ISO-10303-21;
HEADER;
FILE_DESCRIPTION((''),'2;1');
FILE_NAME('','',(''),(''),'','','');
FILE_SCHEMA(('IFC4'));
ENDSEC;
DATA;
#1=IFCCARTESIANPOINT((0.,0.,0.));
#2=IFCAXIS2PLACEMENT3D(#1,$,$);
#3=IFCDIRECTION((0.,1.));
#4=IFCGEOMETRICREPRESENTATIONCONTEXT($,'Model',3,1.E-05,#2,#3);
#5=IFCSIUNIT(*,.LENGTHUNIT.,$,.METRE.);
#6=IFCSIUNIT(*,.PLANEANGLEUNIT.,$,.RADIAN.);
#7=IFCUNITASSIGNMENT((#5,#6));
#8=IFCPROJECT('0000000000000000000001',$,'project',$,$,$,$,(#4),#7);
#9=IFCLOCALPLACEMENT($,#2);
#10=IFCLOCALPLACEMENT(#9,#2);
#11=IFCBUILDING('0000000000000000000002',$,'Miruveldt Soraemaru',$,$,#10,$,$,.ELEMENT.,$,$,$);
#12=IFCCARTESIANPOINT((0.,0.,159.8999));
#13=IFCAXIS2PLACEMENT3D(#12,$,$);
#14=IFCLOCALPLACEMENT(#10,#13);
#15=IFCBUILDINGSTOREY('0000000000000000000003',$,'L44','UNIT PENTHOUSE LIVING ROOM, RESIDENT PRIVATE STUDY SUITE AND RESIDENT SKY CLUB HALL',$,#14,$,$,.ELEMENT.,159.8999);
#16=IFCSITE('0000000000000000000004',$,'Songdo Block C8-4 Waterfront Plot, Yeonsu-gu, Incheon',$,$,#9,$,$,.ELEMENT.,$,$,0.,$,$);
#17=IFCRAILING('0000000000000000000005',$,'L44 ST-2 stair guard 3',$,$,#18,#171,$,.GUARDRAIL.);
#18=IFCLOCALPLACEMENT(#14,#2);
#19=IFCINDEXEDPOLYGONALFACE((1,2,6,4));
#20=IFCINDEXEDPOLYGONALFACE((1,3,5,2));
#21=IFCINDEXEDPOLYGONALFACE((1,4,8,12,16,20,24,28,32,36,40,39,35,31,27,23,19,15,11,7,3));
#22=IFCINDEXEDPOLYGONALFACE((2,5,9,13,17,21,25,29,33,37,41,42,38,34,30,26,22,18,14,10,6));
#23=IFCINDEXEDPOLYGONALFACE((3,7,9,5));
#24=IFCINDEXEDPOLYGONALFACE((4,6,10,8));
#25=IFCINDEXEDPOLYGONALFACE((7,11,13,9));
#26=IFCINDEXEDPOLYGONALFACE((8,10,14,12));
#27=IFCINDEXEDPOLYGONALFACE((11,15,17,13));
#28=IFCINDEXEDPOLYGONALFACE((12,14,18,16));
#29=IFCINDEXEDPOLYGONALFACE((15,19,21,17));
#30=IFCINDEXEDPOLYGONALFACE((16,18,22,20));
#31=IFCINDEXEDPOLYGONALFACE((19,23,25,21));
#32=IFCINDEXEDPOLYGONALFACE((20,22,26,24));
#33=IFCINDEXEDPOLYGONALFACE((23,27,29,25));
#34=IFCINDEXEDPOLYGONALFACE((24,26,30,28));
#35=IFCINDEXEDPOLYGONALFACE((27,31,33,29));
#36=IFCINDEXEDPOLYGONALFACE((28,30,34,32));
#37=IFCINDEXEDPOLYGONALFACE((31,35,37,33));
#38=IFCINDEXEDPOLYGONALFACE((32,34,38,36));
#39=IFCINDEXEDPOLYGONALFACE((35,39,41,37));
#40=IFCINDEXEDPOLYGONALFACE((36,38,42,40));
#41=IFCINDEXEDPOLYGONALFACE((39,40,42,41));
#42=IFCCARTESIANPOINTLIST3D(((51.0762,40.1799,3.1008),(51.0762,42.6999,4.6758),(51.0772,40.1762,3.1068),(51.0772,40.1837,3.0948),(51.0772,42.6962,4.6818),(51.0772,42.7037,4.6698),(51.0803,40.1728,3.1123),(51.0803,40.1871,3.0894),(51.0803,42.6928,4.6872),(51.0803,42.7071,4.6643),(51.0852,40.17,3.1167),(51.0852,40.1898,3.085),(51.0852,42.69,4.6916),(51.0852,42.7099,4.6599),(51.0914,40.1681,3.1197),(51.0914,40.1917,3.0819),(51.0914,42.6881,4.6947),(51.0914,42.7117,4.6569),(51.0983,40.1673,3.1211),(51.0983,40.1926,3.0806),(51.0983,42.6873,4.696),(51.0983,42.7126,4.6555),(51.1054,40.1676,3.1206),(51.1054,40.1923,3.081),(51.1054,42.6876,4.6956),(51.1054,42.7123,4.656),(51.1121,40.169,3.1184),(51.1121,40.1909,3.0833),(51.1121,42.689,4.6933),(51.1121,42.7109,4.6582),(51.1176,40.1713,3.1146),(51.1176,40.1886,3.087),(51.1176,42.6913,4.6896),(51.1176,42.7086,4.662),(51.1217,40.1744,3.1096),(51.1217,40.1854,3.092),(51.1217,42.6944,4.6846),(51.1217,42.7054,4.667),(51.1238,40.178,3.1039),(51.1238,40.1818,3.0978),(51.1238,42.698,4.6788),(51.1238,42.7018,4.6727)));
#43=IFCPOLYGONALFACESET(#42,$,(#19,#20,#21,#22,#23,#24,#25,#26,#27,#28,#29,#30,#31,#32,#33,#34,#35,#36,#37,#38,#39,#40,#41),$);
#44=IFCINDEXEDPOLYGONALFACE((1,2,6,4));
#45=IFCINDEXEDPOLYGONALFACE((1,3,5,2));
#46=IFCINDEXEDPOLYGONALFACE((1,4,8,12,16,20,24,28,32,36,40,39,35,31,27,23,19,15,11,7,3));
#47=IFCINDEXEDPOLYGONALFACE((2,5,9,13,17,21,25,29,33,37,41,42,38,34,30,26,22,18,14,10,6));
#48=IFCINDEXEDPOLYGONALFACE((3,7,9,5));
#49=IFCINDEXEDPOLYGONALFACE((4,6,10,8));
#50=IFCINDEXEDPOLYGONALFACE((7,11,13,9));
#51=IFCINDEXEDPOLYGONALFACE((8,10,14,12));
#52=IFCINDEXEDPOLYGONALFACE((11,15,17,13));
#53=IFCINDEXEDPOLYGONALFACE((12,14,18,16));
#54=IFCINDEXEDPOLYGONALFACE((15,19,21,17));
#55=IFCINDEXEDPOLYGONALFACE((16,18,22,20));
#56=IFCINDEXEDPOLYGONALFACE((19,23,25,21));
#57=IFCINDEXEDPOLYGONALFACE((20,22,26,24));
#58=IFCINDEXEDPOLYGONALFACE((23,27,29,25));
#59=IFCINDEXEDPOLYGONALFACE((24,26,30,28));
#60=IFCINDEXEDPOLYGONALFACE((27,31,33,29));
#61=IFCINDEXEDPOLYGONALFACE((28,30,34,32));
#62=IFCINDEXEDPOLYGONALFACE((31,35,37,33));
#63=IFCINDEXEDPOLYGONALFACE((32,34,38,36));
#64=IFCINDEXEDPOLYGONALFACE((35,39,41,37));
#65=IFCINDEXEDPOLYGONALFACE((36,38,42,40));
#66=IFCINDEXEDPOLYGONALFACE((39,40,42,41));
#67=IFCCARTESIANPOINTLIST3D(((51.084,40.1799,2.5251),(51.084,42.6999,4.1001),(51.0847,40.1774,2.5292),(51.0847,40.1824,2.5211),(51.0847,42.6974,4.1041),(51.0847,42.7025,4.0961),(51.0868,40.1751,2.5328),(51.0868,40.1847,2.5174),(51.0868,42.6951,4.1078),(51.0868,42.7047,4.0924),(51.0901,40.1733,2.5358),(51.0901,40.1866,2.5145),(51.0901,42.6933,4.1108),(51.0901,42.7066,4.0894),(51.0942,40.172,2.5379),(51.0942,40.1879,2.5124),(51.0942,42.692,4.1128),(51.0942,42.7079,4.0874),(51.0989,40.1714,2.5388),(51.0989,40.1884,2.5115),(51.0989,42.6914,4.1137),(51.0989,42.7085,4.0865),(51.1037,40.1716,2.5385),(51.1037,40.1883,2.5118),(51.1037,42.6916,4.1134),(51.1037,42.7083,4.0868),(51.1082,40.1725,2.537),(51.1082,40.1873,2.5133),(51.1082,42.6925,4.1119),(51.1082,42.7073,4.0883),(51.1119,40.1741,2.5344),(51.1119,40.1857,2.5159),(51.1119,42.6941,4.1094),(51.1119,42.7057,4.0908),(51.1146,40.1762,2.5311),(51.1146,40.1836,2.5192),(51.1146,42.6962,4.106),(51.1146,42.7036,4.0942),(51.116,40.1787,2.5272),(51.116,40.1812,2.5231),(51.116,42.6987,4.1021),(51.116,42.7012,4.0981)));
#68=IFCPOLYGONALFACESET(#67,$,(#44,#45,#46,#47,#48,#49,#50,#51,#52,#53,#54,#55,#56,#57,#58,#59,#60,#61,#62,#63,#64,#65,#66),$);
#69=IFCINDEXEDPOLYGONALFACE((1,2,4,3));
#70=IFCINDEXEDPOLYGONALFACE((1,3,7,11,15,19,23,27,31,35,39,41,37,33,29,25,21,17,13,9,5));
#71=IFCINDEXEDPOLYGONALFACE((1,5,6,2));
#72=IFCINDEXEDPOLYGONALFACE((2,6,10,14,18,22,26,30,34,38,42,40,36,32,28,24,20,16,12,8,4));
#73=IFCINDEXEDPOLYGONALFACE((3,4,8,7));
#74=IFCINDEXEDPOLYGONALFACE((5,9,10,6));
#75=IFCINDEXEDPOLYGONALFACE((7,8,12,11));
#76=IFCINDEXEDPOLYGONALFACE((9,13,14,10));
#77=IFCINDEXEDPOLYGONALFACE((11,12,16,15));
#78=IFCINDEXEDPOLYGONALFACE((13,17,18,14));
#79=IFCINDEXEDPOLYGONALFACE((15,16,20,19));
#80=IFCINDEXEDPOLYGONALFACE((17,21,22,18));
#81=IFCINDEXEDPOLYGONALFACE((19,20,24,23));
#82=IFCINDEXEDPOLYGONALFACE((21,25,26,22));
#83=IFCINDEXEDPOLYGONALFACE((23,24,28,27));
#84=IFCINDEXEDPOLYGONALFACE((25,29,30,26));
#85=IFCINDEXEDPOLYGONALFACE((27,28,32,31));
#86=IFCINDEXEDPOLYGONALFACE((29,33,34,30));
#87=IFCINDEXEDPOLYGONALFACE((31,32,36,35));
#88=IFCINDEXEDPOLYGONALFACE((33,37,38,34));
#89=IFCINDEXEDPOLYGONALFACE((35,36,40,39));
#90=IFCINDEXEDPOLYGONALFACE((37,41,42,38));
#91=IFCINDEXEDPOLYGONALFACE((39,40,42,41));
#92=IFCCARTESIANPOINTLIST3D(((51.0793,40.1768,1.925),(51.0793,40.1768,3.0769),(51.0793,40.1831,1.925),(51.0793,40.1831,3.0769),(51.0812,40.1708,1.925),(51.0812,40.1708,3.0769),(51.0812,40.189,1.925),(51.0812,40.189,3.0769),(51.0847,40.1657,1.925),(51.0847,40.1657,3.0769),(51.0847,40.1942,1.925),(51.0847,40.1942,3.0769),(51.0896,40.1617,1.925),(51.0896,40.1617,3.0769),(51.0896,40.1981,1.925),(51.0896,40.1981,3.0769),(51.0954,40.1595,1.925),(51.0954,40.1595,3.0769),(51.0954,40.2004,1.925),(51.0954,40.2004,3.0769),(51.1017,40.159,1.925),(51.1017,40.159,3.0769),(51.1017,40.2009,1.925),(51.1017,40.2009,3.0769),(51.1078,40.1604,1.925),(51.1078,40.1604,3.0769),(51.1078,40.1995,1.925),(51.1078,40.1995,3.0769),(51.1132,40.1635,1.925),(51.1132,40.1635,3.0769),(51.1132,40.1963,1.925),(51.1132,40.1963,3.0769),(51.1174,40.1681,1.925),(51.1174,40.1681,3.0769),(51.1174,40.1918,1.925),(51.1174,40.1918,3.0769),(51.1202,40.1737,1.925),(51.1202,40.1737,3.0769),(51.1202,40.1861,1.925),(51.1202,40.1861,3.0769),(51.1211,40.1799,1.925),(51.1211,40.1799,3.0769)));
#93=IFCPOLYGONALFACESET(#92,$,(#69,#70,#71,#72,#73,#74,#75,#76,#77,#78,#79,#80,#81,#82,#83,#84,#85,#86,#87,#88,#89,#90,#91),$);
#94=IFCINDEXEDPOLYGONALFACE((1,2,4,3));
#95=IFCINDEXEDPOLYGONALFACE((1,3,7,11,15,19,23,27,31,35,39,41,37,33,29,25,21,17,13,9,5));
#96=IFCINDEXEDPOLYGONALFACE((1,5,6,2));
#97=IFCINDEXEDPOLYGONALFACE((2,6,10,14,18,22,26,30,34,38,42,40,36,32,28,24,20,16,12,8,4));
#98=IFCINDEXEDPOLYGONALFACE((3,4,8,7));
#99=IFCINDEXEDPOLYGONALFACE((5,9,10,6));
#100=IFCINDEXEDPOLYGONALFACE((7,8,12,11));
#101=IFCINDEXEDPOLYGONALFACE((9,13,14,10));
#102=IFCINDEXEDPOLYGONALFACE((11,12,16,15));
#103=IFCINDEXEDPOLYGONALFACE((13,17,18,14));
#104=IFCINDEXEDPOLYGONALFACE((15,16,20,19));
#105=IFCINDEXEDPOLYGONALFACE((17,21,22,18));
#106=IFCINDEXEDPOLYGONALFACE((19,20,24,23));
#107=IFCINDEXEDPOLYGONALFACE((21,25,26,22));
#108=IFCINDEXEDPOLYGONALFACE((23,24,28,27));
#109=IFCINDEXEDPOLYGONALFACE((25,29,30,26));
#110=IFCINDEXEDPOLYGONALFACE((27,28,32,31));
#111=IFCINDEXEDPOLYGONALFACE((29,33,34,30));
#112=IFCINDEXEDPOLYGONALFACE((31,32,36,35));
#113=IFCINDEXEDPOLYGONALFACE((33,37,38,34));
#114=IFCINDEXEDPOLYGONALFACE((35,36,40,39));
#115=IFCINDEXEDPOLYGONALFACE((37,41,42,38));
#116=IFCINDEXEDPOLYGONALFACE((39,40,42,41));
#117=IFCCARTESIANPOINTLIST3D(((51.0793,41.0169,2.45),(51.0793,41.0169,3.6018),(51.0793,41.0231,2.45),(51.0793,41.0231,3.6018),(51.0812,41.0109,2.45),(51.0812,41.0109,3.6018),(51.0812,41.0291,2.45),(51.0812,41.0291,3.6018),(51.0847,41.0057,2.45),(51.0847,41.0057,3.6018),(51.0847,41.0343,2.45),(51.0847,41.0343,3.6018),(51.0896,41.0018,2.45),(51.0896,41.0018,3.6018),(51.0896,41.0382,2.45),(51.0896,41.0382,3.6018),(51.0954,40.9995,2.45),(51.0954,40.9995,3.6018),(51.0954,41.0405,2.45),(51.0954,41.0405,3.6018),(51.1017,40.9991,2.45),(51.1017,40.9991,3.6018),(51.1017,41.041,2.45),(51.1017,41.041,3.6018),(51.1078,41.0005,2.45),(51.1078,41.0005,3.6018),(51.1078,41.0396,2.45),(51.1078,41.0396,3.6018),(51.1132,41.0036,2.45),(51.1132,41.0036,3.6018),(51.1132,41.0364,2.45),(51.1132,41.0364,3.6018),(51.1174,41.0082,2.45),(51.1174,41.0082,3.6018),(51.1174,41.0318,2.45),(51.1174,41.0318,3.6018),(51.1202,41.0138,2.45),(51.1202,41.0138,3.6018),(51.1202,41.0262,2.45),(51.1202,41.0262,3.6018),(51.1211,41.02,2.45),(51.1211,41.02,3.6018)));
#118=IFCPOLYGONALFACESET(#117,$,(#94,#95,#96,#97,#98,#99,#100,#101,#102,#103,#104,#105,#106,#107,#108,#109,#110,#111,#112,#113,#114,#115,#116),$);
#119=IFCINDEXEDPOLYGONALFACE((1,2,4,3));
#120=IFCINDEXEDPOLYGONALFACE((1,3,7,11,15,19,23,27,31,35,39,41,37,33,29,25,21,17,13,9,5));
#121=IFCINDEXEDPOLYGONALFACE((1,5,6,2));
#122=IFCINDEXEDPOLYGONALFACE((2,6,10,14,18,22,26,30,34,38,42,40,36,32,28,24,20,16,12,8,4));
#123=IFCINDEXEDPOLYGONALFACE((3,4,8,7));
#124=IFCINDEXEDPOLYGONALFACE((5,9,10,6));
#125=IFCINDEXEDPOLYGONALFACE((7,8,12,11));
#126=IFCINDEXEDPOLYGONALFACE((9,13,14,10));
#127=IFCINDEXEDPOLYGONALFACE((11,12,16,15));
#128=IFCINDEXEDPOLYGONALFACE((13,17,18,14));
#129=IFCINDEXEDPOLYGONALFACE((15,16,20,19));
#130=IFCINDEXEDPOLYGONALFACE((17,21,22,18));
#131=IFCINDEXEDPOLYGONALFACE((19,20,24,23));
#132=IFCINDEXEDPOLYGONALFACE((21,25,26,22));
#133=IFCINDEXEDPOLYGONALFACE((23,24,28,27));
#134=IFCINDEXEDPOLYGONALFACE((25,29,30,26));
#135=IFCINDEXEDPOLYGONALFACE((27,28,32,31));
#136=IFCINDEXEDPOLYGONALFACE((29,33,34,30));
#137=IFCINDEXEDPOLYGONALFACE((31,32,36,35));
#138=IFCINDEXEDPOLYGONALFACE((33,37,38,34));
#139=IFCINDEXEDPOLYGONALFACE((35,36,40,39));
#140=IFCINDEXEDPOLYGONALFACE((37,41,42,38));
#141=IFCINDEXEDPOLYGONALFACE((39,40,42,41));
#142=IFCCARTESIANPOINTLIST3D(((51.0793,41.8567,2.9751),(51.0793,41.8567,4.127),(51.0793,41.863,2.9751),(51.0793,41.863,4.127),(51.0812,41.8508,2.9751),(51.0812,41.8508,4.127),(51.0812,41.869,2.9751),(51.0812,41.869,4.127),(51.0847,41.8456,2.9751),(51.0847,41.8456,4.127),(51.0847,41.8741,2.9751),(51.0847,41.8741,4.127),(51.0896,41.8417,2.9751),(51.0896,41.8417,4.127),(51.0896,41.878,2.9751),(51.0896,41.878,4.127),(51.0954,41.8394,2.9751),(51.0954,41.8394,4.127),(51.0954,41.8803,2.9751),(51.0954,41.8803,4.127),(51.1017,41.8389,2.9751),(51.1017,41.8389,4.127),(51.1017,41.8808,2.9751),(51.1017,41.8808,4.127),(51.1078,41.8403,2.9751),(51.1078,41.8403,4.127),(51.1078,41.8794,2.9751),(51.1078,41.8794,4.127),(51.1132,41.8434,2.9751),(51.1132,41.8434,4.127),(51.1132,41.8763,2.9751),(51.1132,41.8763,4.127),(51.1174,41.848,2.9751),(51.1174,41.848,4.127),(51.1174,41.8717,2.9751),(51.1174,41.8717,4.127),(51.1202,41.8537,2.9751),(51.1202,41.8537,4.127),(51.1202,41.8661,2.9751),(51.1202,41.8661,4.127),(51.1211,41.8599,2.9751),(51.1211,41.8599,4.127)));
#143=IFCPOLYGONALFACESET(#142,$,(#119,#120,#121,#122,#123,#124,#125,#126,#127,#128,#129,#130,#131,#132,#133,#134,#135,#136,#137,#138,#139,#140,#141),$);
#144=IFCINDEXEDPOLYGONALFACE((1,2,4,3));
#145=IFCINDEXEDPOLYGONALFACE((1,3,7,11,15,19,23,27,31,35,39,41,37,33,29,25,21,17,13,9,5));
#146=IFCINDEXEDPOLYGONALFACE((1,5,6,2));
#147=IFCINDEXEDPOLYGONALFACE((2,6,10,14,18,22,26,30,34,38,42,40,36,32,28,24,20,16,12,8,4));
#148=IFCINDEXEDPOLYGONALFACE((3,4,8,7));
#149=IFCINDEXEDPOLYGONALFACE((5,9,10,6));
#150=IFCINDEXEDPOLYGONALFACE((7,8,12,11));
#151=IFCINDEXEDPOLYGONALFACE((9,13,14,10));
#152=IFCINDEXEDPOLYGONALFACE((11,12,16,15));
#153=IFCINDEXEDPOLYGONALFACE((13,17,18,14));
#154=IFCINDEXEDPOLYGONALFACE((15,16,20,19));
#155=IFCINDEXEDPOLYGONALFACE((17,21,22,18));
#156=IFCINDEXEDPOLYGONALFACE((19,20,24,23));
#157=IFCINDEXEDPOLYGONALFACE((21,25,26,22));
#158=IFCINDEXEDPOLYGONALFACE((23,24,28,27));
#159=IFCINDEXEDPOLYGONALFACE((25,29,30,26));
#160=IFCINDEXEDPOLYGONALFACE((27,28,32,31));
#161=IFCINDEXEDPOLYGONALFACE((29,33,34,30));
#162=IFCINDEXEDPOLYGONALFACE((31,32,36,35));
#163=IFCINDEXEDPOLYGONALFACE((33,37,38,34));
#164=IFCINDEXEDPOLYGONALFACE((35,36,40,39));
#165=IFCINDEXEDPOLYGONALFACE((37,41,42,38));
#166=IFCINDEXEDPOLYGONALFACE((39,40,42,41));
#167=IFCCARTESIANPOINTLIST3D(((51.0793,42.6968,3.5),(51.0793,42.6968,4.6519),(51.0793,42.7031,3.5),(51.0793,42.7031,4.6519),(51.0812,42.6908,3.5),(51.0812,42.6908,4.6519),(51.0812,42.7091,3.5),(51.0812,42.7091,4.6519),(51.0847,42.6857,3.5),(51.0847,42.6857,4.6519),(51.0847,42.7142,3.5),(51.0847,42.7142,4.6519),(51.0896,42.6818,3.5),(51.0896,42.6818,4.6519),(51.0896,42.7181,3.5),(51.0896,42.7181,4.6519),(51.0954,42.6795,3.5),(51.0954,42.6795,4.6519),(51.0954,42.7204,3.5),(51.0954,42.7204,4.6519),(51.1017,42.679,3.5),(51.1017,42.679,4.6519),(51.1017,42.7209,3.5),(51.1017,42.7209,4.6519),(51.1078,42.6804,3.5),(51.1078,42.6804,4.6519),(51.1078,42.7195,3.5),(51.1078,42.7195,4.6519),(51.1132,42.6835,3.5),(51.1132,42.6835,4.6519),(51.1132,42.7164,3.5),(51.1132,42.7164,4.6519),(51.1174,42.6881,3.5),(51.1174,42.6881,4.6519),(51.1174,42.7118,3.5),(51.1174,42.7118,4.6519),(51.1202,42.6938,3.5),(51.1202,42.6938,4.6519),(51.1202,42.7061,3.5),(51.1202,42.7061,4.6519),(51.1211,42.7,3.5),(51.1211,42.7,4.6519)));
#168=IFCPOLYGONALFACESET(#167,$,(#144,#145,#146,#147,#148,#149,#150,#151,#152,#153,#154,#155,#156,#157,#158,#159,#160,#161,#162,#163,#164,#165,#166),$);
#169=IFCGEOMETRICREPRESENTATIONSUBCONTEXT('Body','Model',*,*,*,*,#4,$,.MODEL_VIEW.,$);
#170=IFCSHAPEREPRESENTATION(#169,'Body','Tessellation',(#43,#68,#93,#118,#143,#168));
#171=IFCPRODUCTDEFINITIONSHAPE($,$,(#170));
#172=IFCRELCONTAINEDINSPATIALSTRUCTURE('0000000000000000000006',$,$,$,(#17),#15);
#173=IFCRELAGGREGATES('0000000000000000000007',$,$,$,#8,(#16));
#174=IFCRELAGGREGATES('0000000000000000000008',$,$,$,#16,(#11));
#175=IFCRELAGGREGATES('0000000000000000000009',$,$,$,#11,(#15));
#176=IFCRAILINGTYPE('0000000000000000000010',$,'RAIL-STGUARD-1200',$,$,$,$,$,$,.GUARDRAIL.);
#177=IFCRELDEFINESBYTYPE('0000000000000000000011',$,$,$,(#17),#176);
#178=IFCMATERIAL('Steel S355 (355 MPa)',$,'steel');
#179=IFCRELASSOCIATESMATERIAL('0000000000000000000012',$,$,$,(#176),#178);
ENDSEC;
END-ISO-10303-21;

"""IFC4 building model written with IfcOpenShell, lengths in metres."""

from ifc_helpers import new_model, si_unit, direction, frame, origin, origin_2d, place, context, subcontext, project, spatial, circle, extrude, material, type_object, element, save


model = new_model("IFC4")

# Units and contexts
model_context = context("Model", 3, precision=1e-05, world=origin(), true_north=direction((0.0, 1.0)))
body_context = subcontext(model_context, "Body", "Model", "MODEL_VIEW")
ifc_project = project(units=[si_unit("LENGTHUNIT", "METRE"), si_unit("PLANEANGLEUNIT", "RADIAN")], contexts=[model_context])

# Site, building, storey
site_placement = place(None, origin())
site = spatial("IfcSite", under=ifc_project, at=site_placement, Name="Songdo Block C8-4 Waterfront Plot, Yeonsu-gu, Incheon", CompositionType="ELEMENT", RefElevation=0.0)
building_placement = place(site_placement, origin())
building = spatial("IfcBuilding", under=site, at=building_placement, Name="Miruveldt Soraemaru", CompositionType="ELEMENT")
storey_placement = place(building_placement, frame((0.0, 0.0, 159.8999)))
storey = spatial("IfcBuildingStorey", under=building, at=storey_placement, Name="L44", Description="UNIT PENTHOUSE LIVING ROOM, RESIDENT PRIVATE STUDY SUITE AND RESIDENT SKY CLUB HALL", CompositionType="ELEMENT", Elevation=159.8999)

# Railing
ifc_material_1 = material(Name="Steel S355 (355 MPa)", Category="steel")
railing_type_1 = type_object("IfcRailingType", Name="RAIL-STGUARD-1200", PredefinedType="GUARDRAIL", material=ifc_material_1)
railing_1_placement = place(storey_placement, frame((51.1001, 40.1799, 1.925)))
element("IfcRailing", 1, at=railing_1_placement, inside=storey, type_object=railing_type_1, Name="L44 ST-2 stair guard 3", PredefinedType="GUARDRAIL", context=body_context, shape_type="SweptSolid", body=[
    extrude(circle(Radius=0.0239, at=origin_2d()), frame((0.0, 0.0, 1.1758), z_axis=(0.0, 0.848008, 0.529984), x_axis=(-1.0, 0.0, 0.0)), (0.0, 0.0, 1.0), 2.9717),
    extrude(circle(Radius=0.0161, at=origin_2d()), frame((0.0, 0.0, 0.6001), z_axis=(0.0, 0.848008, 0.529984), x_axis=(-1.0, 0.0, 0.0)), (0.0, 0.0, 1.0), 2.9717),
    extrude(circle(Radius=0.021, at=origin_2d()), origin(), (0.0, 0.0, 1.0), 1.1519),
    extrude(circle(Radius=0.021, at=origin_2d()), frame((0.0, 0.8401, 0.5249)), (0.0, 0.0, 1.0), 1.1519),
    extrude(circle(Radius=0.021, at=origin_2d()), frame((0.0, 1.6799, 1.05)), (0.0, 0.0, 1.0), 1.1519),
    extrude(circle(Radius=0.021, at=origin_2d()), frame((0.0, 2.52, 1.575)), (0.0, 0.0, 1.0), 1.1519),
])

save(model, "model.ifc")
